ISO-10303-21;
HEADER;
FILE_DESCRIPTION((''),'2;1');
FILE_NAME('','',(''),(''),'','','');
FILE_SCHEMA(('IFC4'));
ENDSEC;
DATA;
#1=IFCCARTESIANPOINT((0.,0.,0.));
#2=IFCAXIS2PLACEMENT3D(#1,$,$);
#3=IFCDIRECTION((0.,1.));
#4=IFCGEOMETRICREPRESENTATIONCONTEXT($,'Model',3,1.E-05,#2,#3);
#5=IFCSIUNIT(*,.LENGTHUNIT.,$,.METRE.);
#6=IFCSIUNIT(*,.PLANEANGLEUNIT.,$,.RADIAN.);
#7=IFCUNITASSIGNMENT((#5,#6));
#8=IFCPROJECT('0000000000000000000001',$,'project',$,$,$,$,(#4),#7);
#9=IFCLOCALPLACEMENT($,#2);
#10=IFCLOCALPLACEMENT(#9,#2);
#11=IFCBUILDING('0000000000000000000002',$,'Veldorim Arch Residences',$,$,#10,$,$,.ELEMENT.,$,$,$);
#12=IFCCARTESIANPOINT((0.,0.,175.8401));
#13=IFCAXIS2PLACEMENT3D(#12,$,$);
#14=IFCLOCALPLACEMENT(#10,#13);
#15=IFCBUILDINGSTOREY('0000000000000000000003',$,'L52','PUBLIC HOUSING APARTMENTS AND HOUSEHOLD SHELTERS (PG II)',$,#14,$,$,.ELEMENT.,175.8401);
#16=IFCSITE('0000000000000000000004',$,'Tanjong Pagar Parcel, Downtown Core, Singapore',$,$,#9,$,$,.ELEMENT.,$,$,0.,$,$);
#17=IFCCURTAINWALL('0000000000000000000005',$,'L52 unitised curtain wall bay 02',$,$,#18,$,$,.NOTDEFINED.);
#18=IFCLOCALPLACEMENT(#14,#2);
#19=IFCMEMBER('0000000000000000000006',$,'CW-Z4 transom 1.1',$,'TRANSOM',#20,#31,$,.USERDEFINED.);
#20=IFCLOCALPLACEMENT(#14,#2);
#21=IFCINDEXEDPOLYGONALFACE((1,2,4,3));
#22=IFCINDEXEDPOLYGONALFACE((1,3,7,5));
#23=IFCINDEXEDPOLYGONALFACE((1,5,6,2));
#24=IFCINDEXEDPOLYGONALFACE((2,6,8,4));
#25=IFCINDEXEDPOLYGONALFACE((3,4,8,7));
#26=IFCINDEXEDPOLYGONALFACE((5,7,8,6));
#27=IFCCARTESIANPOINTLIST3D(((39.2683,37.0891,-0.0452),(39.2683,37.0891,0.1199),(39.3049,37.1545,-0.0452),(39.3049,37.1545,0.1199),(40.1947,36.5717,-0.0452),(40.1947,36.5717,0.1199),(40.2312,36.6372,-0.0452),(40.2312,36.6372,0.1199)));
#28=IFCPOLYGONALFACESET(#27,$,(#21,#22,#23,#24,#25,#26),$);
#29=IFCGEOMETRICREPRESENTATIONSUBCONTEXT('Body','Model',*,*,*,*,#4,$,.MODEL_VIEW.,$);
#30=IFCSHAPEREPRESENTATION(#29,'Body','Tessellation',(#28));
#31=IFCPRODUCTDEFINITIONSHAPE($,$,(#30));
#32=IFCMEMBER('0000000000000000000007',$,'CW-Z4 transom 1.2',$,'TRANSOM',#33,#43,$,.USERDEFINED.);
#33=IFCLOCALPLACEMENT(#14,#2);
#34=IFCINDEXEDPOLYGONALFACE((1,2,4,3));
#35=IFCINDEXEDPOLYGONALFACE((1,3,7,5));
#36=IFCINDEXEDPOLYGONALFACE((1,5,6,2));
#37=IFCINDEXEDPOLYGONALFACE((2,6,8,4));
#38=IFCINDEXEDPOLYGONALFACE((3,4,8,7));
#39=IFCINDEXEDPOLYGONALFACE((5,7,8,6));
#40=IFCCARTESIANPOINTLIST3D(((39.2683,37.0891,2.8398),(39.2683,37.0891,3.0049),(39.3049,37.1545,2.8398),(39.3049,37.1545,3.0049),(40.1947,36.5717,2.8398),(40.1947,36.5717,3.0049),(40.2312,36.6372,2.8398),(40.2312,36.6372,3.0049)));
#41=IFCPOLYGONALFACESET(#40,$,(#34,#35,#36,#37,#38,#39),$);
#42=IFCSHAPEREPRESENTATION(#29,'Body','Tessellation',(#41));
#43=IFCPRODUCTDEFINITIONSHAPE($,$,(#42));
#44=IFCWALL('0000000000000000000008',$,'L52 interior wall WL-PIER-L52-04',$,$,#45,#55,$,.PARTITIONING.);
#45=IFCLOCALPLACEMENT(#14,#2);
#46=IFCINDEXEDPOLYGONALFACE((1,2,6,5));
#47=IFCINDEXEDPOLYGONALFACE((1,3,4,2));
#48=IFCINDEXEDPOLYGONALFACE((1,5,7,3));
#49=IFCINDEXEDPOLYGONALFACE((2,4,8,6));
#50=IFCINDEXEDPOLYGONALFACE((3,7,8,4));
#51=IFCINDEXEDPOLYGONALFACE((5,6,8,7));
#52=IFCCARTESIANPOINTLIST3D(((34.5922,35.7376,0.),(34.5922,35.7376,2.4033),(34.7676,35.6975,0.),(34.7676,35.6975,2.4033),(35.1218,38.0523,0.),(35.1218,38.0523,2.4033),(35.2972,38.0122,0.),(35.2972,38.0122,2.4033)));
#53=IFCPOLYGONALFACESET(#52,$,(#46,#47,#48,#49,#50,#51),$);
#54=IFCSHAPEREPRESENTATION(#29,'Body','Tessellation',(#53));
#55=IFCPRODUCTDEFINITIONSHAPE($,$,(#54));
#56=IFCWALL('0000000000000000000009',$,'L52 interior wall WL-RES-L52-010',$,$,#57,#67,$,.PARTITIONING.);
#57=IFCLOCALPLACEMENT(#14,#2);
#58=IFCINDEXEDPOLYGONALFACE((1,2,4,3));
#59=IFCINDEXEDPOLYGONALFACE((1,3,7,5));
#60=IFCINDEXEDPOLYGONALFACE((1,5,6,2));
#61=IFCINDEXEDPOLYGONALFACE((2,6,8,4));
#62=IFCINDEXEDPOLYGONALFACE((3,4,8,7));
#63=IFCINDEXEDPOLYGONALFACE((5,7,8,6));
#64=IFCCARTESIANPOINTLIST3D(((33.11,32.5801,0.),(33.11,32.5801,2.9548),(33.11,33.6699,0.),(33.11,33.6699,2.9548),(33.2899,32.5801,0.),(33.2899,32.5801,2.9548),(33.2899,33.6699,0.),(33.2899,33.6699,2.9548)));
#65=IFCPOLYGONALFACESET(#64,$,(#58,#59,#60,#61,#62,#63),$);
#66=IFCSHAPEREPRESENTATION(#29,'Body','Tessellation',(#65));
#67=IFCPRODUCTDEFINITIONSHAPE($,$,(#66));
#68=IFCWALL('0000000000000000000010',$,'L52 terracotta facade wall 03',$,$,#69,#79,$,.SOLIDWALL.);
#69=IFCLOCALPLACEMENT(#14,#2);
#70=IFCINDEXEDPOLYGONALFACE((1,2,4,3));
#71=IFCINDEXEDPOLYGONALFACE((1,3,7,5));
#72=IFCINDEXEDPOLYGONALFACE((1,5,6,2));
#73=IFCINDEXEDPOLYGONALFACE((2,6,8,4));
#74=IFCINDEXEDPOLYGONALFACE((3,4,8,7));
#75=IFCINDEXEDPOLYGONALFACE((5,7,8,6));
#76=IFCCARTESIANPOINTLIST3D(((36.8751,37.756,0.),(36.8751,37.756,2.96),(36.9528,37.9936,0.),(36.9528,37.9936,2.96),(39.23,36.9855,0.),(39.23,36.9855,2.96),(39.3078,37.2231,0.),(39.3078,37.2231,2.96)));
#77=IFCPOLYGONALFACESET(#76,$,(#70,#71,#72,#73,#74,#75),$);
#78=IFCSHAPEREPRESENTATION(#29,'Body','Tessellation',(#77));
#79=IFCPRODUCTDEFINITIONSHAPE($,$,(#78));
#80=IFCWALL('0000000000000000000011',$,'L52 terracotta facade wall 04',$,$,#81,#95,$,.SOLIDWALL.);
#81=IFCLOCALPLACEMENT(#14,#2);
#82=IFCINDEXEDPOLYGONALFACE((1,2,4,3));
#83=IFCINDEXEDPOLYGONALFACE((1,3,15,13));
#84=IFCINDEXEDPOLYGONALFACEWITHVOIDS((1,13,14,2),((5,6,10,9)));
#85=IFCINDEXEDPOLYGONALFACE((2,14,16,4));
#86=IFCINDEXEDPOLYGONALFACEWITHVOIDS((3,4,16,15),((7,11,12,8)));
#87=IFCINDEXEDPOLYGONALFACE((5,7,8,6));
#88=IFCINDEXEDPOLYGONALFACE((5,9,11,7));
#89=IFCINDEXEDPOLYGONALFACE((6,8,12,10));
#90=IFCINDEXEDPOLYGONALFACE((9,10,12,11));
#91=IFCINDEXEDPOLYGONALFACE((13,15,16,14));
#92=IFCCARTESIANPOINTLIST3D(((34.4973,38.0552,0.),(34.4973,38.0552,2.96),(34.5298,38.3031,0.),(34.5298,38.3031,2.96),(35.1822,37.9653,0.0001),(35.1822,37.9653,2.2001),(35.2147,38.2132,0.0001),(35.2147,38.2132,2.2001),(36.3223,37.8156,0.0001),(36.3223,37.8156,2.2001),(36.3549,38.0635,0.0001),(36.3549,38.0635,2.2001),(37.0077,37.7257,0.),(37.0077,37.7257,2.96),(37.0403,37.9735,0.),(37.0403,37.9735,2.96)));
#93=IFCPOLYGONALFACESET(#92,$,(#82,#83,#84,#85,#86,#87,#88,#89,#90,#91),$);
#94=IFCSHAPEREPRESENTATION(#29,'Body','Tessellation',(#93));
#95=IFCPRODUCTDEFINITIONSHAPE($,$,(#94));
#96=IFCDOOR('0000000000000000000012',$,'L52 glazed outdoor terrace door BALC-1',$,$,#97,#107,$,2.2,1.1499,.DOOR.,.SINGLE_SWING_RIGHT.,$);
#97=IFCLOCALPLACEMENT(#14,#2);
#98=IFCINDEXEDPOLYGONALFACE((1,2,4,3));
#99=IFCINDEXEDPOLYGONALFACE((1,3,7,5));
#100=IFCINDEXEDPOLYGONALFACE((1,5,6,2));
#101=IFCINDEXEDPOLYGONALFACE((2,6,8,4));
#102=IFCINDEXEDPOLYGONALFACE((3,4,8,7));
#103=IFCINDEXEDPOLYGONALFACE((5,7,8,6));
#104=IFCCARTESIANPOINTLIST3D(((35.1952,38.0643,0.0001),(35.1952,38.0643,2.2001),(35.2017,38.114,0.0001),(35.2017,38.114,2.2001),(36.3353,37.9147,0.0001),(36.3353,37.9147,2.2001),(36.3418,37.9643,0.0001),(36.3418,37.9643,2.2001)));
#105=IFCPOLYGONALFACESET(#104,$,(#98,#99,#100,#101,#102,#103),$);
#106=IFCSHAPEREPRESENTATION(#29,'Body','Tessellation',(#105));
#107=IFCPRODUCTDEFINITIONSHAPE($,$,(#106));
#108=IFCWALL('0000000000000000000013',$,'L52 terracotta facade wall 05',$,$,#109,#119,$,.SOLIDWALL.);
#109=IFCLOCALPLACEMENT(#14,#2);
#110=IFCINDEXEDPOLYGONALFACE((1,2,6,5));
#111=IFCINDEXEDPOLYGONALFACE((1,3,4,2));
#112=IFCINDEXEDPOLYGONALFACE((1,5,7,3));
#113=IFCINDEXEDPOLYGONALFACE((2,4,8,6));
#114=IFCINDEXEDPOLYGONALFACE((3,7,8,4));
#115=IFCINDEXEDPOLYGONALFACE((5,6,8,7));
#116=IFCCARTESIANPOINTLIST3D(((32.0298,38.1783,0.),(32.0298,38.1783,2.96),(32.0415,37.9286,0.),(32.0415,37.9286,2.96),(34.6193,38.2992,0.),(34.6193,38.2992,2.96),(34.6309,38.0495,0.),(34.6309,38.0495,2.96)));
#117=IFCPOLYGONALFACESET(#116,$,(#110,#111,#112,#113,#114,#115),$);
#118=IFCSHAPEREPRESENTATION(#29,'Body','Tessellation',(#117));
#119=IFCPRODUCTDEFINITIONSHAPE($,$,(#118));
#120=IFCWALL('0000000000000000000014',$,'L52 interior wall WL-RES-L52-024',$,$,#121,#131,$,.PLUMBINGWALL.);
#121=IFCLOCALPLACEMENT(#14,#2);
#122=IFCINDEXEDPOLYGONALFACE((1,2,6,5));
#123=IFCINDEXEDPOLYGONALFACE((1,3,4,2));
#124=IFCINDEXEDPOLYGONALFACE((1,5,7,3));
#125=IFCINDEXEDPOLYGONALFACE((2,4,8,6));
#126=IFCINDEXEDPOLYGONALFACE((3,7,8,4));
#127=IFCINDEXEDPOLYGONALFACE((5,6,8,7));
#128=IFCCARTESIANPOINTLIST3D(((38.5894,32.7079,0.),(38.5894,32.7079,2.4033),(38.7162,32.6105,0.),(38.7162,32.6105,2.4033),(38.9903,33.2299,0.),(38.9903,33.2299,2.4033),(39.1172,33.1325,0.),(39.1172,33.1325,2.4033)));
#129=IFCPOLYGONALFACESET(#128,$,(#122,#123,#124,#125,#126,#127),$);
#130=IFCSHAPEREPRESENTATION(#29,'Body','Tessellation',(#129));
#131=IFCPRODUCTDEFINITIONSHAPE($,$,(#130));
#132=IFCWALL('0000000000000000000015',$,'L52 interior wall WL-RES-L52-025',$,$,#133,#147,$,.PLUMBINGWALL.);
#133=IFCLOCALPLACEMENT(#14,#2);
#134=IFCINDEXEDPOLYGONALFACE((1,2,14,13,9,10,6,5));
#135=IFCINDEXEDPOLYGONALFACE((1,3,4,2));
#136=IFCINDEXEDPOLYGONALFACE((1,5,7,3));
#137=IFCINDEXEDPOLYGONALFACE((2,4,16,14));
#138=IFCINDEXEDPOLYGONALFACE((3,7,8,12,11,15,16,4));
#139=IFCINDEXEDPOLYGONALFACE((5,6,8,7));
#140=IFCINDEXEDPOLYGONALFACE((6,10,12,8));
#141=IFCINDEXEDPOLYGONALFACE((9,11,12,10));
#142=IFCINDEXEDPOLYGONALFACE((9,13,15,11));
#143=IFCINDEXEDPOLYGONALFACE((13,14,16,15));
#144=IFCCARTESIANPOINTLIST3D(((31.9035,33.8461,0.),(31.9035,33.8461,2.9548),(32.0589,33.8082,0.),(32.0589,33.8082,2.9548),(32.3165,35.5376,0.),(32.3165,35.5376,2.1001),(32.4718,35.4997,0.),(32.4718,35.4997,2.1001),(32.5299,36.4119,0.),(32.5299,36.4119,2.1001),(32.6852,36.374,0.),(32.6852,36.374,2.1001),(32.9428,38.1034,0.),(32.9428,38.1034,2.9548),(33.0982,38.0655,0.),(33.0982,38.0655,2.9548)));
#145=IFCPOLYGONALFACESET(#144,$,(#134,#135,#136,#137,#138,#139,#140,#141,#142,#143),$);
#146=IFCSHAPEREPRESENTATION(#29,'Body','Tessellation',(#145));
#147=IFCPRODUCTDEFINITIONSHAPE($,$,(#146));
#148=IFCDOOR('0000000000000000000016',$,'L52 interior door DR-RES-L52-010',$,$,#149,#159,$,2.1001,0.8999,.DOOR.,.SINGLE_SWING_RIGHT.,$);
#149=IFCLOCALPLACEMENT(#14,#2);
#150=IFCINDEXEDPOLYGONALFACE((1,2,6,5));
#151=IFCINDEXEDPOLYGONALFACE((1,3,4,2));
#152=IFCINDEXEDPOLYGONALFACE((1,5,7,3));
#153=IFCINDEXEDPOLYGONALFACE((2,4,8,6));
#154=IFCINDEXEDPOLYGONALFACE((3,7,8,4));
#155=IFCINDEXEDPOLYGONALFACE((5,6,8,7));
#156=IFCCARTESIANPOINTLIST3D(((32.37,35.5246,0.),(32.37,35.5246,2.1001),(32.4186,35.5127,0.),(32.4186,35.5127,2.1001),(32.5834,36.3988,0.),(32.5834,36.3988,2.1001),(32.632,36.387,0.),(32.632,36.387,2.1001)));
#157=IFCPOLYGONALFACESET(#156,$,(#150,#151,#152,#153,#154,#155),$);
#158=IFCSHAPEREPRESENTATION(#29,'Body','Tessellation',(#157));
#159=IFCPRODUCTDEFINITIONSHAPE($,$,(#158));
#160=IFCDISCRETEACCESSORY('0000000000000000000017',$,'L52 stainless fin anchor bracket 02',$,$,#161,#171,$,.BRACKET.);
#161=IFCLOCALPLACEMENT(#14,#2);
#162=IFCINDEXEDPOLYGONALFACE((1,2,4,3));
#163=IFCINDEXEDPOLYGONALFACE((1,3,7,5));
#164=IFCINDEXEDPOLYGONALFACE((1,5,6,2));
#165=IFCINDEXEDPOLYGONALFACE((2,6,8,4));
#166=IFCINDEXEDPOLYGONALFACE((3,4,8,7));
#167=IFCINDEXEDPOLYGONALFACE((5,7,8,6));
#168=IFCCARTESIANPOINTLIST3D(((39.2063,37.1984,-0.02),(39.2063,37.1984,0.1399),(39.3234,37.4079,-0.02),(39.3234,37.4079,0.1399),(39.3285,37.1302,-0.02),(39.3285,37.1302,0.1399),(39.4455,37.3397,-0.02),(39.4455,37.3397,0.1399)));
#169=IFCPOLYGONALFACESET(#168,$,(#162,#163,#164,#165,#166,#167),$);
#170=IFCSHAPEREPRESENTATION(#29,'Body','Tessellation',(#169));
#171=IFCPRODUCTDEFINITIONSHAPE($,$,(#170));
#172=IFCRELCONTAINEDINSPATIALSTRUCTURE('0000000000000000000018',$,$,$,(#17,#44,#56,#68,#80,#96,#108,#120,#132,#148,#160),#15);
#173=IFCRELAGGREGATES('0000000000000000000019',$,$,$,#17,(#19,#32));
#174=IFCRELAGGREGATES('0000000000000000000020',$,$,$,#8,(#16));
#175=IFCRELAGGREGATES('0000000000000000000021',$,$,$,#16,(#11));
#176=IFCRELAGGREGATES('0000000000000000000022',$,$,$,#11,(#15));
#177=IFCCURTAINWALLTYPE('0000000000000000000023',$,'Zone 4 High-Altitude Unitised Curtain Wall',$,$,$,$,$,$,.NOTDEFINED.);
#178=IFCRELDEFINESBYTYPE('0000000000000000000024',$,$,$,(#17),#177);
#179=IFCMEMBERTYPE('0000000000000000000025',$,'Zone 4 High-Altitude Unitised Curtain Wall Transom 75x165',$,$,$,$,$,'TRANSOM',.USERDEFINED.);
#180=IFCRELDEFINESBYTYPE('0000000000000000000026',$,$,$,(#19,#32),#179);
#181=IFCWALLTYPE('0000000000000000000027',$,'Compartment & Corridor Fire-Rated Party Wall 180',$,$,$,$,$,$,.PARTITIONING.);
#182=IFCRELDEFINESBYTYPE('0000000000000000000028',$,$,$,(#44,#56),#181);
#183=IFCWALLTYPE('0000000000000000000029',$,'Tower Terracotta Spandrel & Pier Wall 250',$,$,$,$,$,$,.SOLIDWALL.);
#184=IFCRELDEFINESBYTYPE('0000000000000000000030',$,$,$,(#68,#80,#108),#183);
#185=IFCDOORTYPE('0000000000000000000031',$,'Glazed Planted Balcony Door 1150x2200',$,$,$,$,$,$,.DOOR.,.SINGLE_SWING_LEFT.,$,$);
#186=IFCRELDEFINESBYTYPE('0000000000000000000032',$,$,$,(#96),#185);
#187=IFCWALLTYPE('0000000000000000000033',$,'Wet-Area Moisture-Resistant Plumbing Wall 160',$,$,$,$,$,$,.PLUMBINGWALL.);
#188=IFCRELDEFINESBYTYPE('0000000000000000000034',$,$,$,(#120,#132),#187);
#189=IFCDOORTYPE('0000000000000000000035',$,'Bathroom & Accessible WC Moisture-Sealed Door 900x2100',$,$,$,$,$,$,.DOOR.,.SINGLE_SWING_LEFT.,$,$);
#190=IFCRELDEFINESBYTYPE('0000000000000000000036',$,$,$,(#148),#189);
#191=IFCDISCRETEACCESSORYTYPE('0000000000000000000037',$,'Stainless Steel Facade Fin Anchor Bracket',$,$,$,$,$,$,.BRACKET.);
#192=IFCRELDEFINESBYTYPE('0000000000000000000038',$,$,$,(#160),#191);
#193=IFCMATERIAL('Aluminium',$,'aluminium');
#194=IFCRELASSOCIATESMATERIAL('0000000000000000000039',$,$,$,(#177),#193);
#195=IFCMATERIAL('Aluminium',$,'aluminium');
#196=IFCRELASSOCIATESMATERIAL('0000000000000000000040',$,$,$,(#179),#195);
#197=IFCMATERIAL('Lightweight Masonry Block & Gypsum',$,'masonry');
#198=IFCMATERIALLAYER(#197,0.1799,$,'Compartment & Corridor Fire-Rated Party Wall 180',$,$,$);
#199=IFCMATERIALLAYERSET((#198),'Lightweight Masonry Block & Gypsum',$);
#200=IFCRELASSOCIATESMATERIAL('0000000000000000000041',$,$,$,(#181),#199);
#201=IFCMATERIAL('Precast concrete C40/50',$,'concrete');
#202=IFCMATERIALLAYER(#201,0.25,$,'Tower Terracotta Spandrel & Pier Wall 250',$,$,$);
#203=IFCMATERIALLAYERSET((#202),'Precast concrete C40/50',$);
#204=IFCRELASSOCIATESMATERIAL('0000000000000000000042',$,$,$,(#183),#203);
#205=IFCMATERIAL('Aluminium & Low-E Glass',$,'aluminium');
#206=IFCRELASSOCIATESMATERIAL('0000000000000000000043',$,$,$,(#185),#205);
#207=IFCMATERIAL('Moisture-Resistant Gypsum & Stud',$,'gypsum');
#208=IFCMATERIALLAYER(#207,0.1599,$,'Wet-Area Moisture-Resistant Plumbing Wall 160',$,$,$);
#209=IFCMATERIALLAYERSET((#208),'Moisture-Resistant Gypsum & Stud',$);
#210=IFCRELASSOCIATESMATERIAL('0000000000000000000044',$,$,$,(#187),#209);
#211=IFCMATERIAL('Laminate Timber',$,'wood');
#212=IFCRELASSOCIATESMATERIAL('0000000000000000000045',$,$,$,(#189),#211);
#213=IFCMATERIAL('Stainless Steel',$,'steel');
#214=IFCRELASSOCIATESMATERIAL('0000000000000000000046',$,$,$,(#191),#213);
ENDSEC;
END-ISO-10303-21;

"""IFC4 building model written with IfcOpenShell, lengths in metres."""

from ifc_helpers import new_model, si_unit, direction, frame, frame_2d, origin, origin_2d, place, context, subcontext, project, spatial, rectangle, extrude, material, layer, layer_set, material_profile, profile_set, type_object, element, fill, aggregate, save


model = new_model("IFC4")

# Units and contexts
model_context = context("Model", 3, precision=1e-05, world=origin(), true_north=direction((0.0, 1.0)))
body_context = subcontext(model_context, "Body", "Model", "MODEL_VIEW")
ifc_project = project(units=[si_unit("LENGTHUNIT", "METRE"), si_unit("PLANEANGLEUNIT", "RADIAN")], contexts=[model_context])

# Site, building, storey
site_placement = place(None, origin())
site = spatial("IfcSite", under=ifc_project, at=site_placement, Name="Tanjong Pagar Parcel, Downtown Core, Singapore", CompositionType="ELEMENT", RefElevation=0.0)
building_placement = place(site_placement, origin())
building = spatial("IfcBuilding", under=site, at=building_placement, Name="Veldorim Arch Residences", CompositionType="ELEMENT")
storey_placement = place(building_placement, frame((0.0, 0.0, 175.8401)))
storey = spatial("IfcBuildingStorey", under=building, at=storey_placement, Name="L52", Description="PUBLIC HOUSING APARTMENTS AND HOUSEHOLD SHELTERS (PG II)", CompositionType="ELEMENT", Elevation=175.8401)

# Curtain wall, members
ifc_material_1 = material(Name="Aluminium", Category="aluminium")
curtain_wall_type = type_object("IfcCurtainWallType", Name="Zone 4 High-Altitude Unitised Curtain Wall", PredefinedType="NOTDEFINED", material=ifc_material_1)
curtain_wall_placement = place(storey_placement, origin())
curtain_wall = element("IfcCurtainWall", 1, at=curtain_wall_placement, inside=storey, type_object=curtain_wall_type, Name="L52 unitised curtain wall bay 02", PredefinedType="NOTDEFINED")
ifc_material_2 = material(Name="Aluminium", Category="aluminium")
ifc_material_profile_1 = material_profile(ifc_material_2, rectangle(XDim=0.075, YDim=0.165, at=origin_2d()), Name="ALU_TRN_75x165")
ifc_profile_set_1 = profile_set([ifc_material_profile_1], Name="Aluminium")
member_type_1 = type_object("IfcMemberType", Name="Zone 4 High-Altitude Unitised Curtain Wall Transom 75x165", ElementType="TRANSOM", PredefinedType="USERDEFINED", material=ifc_profile_set_1)
member_1_placement = place(storey_placement, frame((39.2866, 37.1218, 0.0374), z_axis=(0.873059, -0.487615, 0.0), x_axis=(0.487615, 0.873059, 0.0)))
member_1 = element("IfcMember", 2, at=member_1_placement, type_object=member_type_1, Name="CW-Z4 transom 1.1", ObjectType="TRANSOM", PredefinedType="USERDEFINED", context=body_context, shape_type="SweptSolid", body=[
    extrude(rectangle(XDim=0.075, YDim=0.165, at=origin_2d()), origin(), (0.0, 0.0, 1.0), 1.061),
])
member_2_placement = place(storey_placement, frame((39.2866, 37.1218, 2.9224), z_axis=(0.873059, -0.487615, 0.0), x_axis=(0.487615, 0.873059, 0.0)))
member_2 = element("IfcMember", 3, at=member_2_placement, type_object=member_type_1, Name="CW-Z4 transom 1.2", ObjectType="TRANSOM", PredefinedType="USERDEFINED", context=body_context, shape_type="SweptSolid", body=[
    extrude(rectangle(XDim=0.075, YDim=0.165, at=origin_2d()), origin(), (0.0, 0.0, 1.0), 1.061),
])
aggregate(curtain_wall, [member_1, member_2])

# Wall
ifc_material_3 = material(Name="Lightweight Masonry Block & Gypsum", Category="masonry")
ifc_layer_1 = layer(ifc_material_3, 0.1799, Name="Compartment & Corridor Fire-Rated Party Wall 180")
ifc_layer_set_1 = layer_set([ifc_layer_1], Name="Lightweight Masonry Block & Gypsum")
wall_type_1 = type_object("IfcWallType", Name="Compartment & Corridor Fire-Rated Party Wall 180", PredefinedType="PARTITIONING", material=ifc_layer_set_1)
wall_1_placement = place(storey_placement, frame((34.6799, 35.7175, 0.0), z_axis=(0.0, 0.0, 1.0), x_axis=(0.223012, 0.974816, 0.0)))
element("IfcWall", 4, at=wall_1_placement, inside=storey, type_object=wall_type_1, Name="L52 interior wall WL-PIER-L52-04", PredefinedType="PARTITIONING", context=body_context, shape_type="SweptSolid", body=[
    extrude(rectangle(XDim=2.3745, YDim=0.1799, at=frame_2d((1.1873, 0.0))), origin(), (0.0, 0.0, 1.0), 2.4033),
])

# Walls
wall_2_placement = place(storey_placement, frame((33.2, 33.6699, 0.0), z_axis=(0.0, 0.0, 1.0), x_axis=(0.0, -1.0, 0.0)))
element("IfcWall", 5, at=wall_2_placement, inside=storey, type_object=wall_type_1, Name="L52 interior wall WL-RES-L52-010", PredefinedType="PARTITIONING", context=body_context, shape_type="SweptSolid", body=[
    extrude(rectangle(XDim=1.0898, YDim=0.1799, at=frame_2d((0.5449, 0.0))), origin(), (0.0, 0.0, 1.0), 2.9548),
])
ifc_material_4 = material(Name="Precast concrete C40/50", Category="concrete")
ifc_layer_2 = layer(ifc_material_4, 0.25, Name="Tower Terracotta Spandrel & Pier Wall 250")
ifc_layer_set_2 = layer_set([ifc_layer_2], Name="Precast concrete C40/50")
wall_type_2 = type_object("IfcWallType", Name="Tower Terracotta Spandrel & Pier Wall 250", PredefinedType="SOLIDWALL", material=ifc_layer_set_2)
wall_3_placement = place(storey_placement, frame((36.9141, 37.8748, 0.0), z_axis=(0.0, 0.0, 1.0), x_axis=(0.950423, -0.310961, 0.0)))
element("IfcWall", 6, at=wall_3_placement, inside=storey, type_object=wall_type_2, Name="L52 terracotta facade wall 03", PredefinedType="SOLIDWALL", context=body_context, shape_type="SweptSolid", body=[
    extrude(rectangle(XDim=2.4778, YDim=0.25, at=frame_2d((1.2388, 0.0))), origin(), (0.0, 0.0, 1.0), 2.96),
])

# Wall, opening, door
wall_4_placement = place(storey_placement, frame((34.5134, 38.1792, 0.0), z_axis=(0.0, 0.0, 1.0), x_axis=(0.991492, -0.130168, 0.0)))
wall_4 = element("IfcWall", 7, at=wall_4_placement, inside=storey, type_object=wall_type_2, Name="L52 terracotta facade wall 04", PredefinedType="SOLIDWALL", context=body_context, shape_type="SweptSolid", body=[
    extrude(rectangle(XDim=2.532, YDim=0.25, at=frame_2d((1.2661, 0.0))), origin(), (0.0, 0.0, 1.0), 2.96),
])
opening_1_placement = place(wall_4_placement, frame((0.6909, 0.0, 0.0)))
opening_1 = element("IfcOpeningElement", 8, at=opening_1_placement, cuts=wall_4, PredefinedType="OPENING", context=body_context, shape_type="SweptSolid", body=[
    extrude(rectangle(XDim=1.1499, YDim=2.2, at=frame_2d((0.575, 1.1001))), frame((0.0, 0.135, 0.0), z_axis=(0.0, -1.0, 0.0), x_axis=(1.0, 0.0, 0.0)), (0.0, 0.0, 1.0), 0.27),
])
ifc_material_5 = material(Name="Aluminium & Low-E Glass", Category="aluminium")
door_type_1 = type_object("IfcDoorType", Name="Glazed Planted Balcony Door 1150x2200", OperationType="SINGLE_SWING_LEFT", PredefinedType="DOOR", material=ifc_material_5)
door_1_placement = place(opening_1_placement, origin())
door_1 = element("IfcDoor", 9, at=door_1_placement, inside=storey, type_object=door_type_1, Name="L52 glazed outdoor terrace door BALC-1", OperationType="SINGLE_SWING_RIGHT", OverallHeight=2.2, OverallWidth=1.1499, PredefinedType="DOOR", context=body_context, shape_type="SweptSolid", body=[
    extrude(rectangle(XDim=1.1499, YDim=2.2, at=frame_2d((0.575, 1.1001))), frame((0.0, 0.0249, 0.0), z_axis=(0.0, -1.0, 0.0), x_axis=(1.0, 0.0, 0.0)), (0.0, 0.0, 1.0), 0.05),
])
fill(opening_1, door_1)

# Walls
wall_5_placement = place(storey_placement, frame((32.0356, 38.0535, 0.0), z_axis=(0.0, 0.0, 1.0), x_axis=(0.998913, 0.046621, 0.0)))
element("IfcWall", 10, at=wall_5_placement, inside=storey, type_object=wall_type_2, Name="L52 terracotta facade wall 05", PredefinedType="SOLIDWALL", context=body_context, shape_type="SweptSolid", body=[
    extrude(rectangle(XDim=2.5923, YDim=0.25, at=frame_2d((1.2961, 0.0))), origin(), (0.0, 0.0, 1.0), 2.96),
])
ifc_material_6 = material(Name="Moisture-Resistant Gypsum & Stud", Category="gypsum")
ifc_layer_3 = layer(ifc_material_6, 0.1599, Name="Wet-Area Moisture-Resistant Plumbing Wall 160")
ifc_layer_set_3 = layer_set([ifc_layer_3], Name="Moisture-Resistant Gypsum & Stud")
wall_type_3 = type_object("IfcWallType", Name="Wet-Area Moisture-Resistant Plumbing Wall 160", PredefinedType="PLUMBINGWALL", material=ifc_layer_set_3)
wall_6_placement = place(storey_placement, frame((38.6528, 32.6592, 0.0), z_axis=(0.0, 0.0, 1.0), x_axis=(0.609101, 0.793093, 0.0)))
element("IfcWall", 11, at=wall_6_placement, inside=storey, type_object=wall_type_3, Name="L52 interior wall WL-RES-L52-024", PredefinedType="PLUMBINGWALL", context=body_context, shape_type="SweptSolid", body=[
    extrude(rectangle(XDim=0.6582, YDim=0.1599, at=frame_2d((0.3291, 0.0))), origin(), (0.0, 0.0, 1.0), 2.4033),
])

# Wall, opening, door
wall_7_placement = place(storey_placement, frame((31.9812, 33.8271, 0.0), z_axis=(0.0, 0.0, 1.0), x_axis=(0.237158, 0.971471, 0.0)))
wall_7 = element("IfcWall", 12, at=wall_7_placement, inside=storey, type_object=wall_type_3, Name="L52 interior wall WL-RES-L52-025", PredefinedType="PLUMBINGWALL", context=body_context, shape_type="SweptSolid", body=[
    extrude(rectangle(XDim=4.3823, YDim=0.1599, at=frame_2d((2.1912, 0.0))), origin(), (0.0, 0.0, 1.0), 2.9548),
])
opening_2_placement = place(wall_7_placement, frame((1.7412, 0.0, 0.0)))
opening_2 = element("IfcOpeningElement", 13, at=opening_2_placement, cuts=wall_7, PredefinedType="OPENING", context=body_context, shape_type="SweptSolid", body=[
    extrude(rectangle(XDim=0.8999, YDim=2.1001, at=frame_2d((0.45, 1.05))), frame((0.0, 0.0898, 0.0), z_axis=(0.0, -1.0, 0.0), x_axis=(1.0, 0.0, 0.0)), (0.0, 0.0, 1.0), 0.1799),
])
ifc_material_7 = material(Name="Laminate Timber", Category="wood")
door_type_2 = type_object("IfcDoorType", Name="Bathroom & Accessible WC Moisture-Sealed Door 900x2100", OperationType="SINGLE_SWING_LEFT", PredefinedType="DOOR", material=ifc_material_7)
door_2_placement = place(opening_2_placement, origin())
door_2 = element("IfcDoor", 14, at=door_2_placement, inside=storey, type_object=door_type_2, Name="L52 interior door DR-RES-L52-010", OperationType="SINGLE_SWING_RIGHT", OverallHeight=2.1001, OverallWidth=0.8999, PredefinedType="DOOR", context=body_context, shape_type="SweptSolid", body=[
    extrude(rectangle(XDim=0.8999, YDim=2.1001, at=frame_2d((0.45, 1.05))), frame((0.0, 0.0249, 0.0), z_axis=(0.0, -1.0, 0.0), x_axis=(1.0, 0.0, 0.0)), (0.0, 0.0, 1.0), 0.05),
])
fill(opening_2, door_2)

# Discrete accessory
ifc_material_8 = material(Name="Stainless Steel", Category="steel")
discrete_accessory_type = type_object("IfcDiscreteAccessoryType", Name="Stainless Steel Facade Fin Anchor Bracket", PredefinedType="BRACKET", material=ifc_material_8)
discrete_accessory_placement = place(storey_placement, frame((39.3259, 37.269, -0.02), z_axis=(0.0, 0.0, 1.0), x_axis=(0.873007, -0.487707, 0.0)))
element("IfcDiscreteAccessory", 15, at=discrete_accessory_placement, inside=storey, type_object=discrete_accessory_type, Name="L52 stainless fin anchor bracket 02", PredefinedType="BRACKET", context=body_context, shape_type="SweptSolid", body=[
    extrude(rectangle(XDim=0.1399, YDim=0.24, at=origin_2d()), origin(), (0.0, 0.0, 1.0), 0.1599),
])

save(model, "model.ifc")
